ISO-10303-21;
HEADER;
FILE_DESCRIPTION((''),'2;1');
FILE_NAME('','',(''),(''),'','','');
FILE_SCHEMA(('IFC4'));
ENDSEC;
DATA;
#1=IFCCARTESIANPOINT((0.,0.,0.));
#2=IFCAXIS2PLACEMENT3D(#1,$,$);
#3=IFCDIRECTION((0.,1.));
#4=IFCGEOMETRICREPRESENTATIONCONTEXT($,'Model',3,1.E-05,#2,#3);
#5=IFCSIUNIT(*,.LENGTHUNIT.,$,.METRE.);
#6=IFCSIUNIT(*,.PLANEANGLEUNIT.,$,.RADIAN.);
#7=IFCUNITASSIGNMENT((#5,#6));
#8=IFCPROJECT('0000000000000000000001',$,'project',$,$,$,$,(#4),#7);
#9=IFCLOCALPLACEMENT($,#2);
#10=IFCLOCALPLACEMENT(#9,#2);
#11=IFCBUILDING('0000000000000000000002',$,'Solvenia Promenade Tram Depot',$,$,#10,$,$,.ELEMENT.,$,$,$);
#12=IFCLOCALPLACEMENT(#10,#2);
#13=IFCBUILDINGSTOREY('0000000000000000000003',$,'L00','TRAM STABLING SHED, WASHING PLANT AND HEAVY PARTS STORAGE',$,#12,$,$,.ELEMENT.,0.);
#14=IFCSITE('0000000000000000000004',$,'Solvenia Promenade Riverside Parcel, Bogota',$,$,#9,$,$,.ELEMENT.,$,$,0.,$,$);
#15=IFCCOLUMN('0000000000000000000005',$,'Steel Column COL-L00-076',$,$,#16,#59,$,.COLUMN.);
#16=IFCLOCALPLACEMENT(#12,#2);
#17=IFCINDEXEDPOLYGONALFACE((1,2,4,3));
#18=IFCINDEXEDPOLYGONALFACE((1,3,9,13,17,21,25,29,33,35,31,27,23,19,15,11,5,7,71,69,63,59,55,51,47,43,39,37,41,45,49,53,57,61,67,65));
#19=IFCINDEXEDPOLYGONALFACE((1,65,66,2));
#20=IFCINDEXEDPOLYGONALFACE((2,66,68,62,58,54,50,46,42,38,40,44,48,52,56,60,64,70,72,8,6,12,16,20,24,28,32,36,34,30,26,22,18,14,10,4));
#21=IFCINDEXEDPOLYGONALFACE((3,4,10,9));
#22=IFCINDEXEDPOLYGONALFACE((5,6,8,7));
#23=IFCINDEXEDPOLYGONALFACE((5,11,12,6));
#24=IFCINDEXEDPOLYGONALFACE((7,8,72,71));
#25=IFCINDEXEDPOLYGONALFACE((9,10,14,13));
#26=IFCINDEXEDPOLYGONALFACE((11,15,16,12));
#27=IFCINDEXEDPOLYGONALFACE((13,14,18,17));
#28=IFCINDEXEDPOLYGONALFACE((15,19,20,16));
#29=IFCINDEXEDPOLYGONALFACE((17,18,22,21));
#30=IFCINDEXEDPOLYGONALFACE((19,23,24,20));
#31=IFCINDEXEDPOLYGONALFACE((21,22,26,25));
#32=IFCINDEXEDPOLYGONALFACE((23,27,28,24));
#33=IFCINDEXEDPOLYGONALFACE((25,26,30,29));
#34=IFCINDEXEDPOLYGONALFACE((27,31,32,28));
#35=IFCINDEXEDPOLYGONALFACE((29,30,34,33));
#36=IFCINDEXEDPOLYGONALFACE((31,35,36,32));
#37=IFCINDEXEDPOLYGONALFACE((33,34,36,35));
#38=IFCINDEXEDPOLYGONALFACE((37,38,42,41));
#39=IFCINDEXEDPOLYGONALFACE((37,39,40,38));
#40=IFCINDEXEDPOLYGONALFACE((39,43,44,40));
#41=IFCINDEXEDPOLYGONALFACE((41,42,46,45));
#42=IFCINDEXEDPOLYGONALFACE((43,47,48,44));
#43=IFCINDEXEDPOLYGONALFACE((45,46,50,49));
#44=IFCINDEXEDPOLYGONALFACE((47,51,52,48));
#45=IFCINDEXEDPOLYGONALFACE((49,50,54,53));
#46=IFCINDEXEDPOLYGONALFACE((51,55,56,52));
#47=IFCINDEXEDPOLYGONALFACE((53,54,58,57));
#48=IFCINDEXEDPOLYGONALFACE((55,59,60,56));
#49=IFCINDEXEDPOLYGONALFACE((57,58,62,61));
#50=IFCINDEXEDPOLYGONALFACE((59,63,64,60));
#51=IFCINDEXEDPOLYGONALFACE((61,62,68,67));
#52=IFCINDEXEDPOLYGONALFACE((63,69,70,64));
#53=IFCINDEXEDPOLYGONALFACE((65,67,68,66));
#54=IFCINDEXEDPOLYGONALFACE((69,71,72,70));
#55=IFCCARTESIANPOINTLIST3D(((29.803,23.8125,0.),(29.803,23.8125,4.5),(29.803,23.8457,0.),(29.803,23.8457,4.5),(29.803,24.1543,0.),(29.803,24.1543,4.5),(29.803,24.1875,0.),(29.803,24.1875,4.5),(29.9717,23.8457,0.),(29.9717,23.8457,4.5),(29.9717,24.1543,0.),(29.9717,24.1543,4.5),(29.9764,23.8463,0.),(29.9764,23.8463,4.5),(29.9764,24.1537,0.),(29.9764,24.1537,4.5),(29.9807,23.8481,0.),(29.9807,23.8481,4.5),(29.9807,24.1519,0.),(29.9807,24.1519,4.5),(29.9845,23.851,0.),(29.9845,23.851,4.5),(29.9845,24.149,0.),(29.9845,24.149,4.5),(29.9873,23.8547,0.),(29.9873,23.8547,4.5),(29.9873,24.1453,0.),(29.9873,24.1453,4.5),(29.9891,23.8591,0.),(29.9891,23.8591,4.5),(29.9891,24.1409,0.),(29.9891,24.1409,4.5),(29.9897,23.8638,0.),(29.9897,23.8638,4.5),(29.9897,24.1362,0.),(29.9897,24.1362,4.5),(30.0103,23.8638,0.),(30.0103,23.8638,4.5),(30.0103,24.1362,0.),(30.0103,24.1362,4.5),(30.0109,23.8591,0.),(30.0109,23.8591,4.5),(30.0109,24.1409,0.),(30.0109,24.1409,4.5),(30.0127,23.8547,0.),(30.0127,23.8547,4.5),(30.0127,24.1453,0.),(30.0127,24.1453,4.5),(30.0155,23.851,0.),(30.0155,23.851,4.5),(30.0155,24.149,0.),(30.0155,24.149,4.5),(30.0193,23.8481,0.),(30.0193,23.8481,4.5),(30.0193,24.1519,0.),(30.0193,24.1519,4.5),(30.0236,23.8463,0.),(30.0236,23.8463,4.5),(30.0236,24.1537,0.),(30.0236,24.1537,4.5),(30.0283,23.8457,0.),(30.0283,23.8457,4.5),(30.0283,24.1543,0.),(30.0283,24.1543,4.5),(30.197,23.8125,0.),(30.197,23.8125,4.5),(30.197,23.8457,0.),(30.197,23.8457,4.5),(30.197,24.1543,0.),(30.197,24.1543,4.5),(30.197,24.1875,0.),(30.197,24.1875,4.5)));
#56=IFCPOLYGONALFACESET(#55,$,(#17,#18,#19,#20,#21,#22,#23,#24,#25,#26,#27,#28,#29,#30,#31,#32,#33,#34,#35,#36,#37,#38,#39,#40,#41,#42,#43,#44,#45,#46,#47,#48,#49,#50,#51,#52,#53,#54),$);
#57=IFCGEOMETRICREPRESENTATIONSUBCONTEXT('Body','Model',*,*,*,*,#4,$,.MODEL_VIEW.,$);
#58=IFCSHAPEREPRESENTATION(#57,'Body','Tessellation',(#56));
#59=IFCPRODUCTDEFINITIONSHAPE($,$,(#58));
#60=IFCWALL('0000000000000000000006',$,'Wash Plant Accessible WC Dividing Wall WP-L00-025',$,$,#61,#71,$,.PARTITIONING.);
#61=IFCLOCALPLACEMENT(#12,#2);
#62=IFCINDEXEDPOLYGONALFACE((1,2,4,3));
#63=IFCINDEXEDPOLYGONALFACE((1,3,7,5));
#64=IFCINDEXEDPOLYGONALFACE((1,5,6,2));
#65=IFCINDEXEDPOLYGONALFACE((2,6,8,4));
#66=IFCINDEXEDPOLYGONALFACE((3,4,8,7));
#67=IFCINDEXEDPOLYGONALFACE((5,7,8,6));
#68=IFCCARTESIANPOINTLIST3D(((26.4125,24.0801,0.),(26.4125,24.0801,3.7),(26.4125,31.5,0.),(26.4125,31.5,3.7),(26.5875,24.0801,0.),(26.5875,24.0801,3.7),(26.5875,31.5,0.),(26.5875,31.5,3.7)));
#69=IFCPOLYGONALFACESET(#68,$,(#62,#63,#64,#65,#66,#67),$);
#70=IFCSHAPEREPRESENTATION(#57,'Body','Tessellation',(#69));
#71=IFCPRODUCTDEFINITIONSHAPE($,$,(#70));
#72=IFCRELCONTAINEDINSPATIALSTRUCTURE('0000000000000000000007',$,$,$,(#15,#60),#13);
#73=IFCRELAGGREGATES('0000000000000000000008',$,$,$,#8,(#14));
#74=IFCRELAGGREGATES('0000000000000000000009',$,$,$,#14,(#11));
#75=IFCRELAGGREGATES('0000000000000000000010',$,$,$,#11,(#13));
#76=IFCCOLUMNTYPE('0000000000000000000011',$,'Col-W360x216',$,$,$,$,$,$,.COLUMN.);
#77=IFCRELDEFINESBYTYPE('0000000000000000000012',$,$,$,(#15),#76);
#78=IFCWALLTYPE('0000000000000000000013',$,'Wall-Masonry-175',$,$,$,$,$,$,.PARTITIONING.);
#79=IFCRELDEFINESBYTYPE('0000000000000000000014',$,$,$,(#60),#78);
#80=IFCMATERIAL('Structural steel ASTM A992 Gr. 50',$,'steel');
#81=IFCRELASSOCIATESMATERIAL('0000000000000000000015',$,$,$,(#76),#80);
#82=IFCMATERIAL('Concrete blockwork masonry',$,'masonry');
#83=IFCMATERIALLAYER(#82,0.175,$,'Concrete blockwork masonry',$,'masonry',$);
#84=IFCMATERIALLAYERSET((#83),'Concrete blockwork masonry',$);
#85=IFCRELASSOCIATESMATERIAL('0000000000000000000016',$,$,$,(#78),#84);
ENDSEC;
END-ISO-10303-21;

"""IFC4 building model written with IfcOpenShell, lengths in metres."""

from ifc_helpers import new_model, si_unit, direction, frame, frame_2d, origin, origin_2d, place, context, subcontext, project, spatial, rectangle, i_section, extrude, material, layer, layer_set, material_profile, profile_set, type_object, element, save


model = new_model("IFC4")

# Units and contexts
model_context = context("Model", 3, precision=1e-05, world=origin(), true_north=direction((0.0, 1.0)))
body_context = subcontext(model_context, "Body", "Model", "MODEL_VIEW")
ifc_project = project(units=[si_unit("LENGTHUNIT", "METRE"), si_unit("PLANEANGLEUNIT", "RADIAN")], contexts=[model_context])

# Site, building, storey
site_placement = place(None, origin())
site = spatial("IfcSite", under=ifc_project, at=site_placement, Name="Solvenia Promenade Riverside Parcel, Bogota", CompositionType="ELEMENT", RefElevation=0.0)
building_placement = place(site_placement, origin())
building = spatial("IfcBuilding", under=site, at=building_placement, Name="Solvenia Promenade Tram Depot", CompositionType="ELEMENT")
storey_placement = place(building_placement, origin())
storey = spatial("IfcBuildingStorey", under=building, at=storey_placement, Name="L00", Description="TRAM STABLING SHED, WASHING PLANT AND HEAVY PARTS STORAGE", CompositionType="ELEMENT", Elevation=0.0)

# Column
ifc_material_1 = material(Name="Structural steel ASTM A992 Gr. 50", Category="steel")
ifc_material_profile_1 = material_profile(ifc_material_1, i_section(OverallWidth=0.394, OverallDepth=0.375, WebThickness=0.0205, FlangeThickness=0.0332, FilletRadius=0.0181, at=origin_2d()), Name="W360x216", Category="steel")
ifc_profile_set_1 = profile_set([ifc_material_profile_1], Name="Structural steel ASTM A992 Gr. 50")
column_type = type_object("IfcColumnType", Name="Col-W360x216", PredefinedType="COLUMN", material=ifc_profile_set_1)
for number, where, z_axis, x_axis, name in (
    (1, (30.0, 24.0, 0.0), (0.0, 0.0, 1.0), (1.0, 0.0, 0.0), "Steel Column COL-L00-076"),
):
    element("IfcColumn", number, at=place(storey_placement, frame(where, z_axis=z_axis, x_axis=x_axis)), inside=storey, type_object=column_type, Name=name, PredefinedType="COLUMN", context=body_context, shape_type="SweptSolid", body=[
        extrude(i_section(OverallWidth=0.394, OverallDepth=0.375, WebThickness=0.0205, FlangeThickness=0.0332, FilletRadius=0.0181, at=origin_2d()), origin(), (0.0, 0.0, 1.0), 4.5),
    ])

# Wall
ifc_material_2 = material(Name="Concrete blockwork masonry", Category="masonry")
ifc_layer = layer(ifc_material_2, 0.175, Name="Concrete blockwork masonry", Category="masonry")
ifc_layer_set = layer_set([ifc_layer], Name="Concrete blockwork masonry")
wall_type = type_object("IfcWallType", Name="Wall-Masonry-175", PredefinedType="PARTITIONING", material=ifc_layer_set)
wall_placement = place(storey_placement, frame((26.5, 24.0801, 0.0), z_axis=(0.0, 0.0, 1.0), x_axis=(0.0, 1.0, 0.0)))
element("IfcWall", 2, at=wall_placement, inside=storey, type_object=wall_type, Name="Wash Plant Accessible WC Dividing Wall WP-L00-025", PredefinedType="PARTITIONING", context=body_context, shape_type="SweptSolid", body=[
    extrude(rectangle(XDim=7.4199, YDim=0.175, at=frame_2d((3.71, 0.0))), origin(), (0.0, 0.0, 1.0), 3.7),
])

save(model, "model.ifc")
